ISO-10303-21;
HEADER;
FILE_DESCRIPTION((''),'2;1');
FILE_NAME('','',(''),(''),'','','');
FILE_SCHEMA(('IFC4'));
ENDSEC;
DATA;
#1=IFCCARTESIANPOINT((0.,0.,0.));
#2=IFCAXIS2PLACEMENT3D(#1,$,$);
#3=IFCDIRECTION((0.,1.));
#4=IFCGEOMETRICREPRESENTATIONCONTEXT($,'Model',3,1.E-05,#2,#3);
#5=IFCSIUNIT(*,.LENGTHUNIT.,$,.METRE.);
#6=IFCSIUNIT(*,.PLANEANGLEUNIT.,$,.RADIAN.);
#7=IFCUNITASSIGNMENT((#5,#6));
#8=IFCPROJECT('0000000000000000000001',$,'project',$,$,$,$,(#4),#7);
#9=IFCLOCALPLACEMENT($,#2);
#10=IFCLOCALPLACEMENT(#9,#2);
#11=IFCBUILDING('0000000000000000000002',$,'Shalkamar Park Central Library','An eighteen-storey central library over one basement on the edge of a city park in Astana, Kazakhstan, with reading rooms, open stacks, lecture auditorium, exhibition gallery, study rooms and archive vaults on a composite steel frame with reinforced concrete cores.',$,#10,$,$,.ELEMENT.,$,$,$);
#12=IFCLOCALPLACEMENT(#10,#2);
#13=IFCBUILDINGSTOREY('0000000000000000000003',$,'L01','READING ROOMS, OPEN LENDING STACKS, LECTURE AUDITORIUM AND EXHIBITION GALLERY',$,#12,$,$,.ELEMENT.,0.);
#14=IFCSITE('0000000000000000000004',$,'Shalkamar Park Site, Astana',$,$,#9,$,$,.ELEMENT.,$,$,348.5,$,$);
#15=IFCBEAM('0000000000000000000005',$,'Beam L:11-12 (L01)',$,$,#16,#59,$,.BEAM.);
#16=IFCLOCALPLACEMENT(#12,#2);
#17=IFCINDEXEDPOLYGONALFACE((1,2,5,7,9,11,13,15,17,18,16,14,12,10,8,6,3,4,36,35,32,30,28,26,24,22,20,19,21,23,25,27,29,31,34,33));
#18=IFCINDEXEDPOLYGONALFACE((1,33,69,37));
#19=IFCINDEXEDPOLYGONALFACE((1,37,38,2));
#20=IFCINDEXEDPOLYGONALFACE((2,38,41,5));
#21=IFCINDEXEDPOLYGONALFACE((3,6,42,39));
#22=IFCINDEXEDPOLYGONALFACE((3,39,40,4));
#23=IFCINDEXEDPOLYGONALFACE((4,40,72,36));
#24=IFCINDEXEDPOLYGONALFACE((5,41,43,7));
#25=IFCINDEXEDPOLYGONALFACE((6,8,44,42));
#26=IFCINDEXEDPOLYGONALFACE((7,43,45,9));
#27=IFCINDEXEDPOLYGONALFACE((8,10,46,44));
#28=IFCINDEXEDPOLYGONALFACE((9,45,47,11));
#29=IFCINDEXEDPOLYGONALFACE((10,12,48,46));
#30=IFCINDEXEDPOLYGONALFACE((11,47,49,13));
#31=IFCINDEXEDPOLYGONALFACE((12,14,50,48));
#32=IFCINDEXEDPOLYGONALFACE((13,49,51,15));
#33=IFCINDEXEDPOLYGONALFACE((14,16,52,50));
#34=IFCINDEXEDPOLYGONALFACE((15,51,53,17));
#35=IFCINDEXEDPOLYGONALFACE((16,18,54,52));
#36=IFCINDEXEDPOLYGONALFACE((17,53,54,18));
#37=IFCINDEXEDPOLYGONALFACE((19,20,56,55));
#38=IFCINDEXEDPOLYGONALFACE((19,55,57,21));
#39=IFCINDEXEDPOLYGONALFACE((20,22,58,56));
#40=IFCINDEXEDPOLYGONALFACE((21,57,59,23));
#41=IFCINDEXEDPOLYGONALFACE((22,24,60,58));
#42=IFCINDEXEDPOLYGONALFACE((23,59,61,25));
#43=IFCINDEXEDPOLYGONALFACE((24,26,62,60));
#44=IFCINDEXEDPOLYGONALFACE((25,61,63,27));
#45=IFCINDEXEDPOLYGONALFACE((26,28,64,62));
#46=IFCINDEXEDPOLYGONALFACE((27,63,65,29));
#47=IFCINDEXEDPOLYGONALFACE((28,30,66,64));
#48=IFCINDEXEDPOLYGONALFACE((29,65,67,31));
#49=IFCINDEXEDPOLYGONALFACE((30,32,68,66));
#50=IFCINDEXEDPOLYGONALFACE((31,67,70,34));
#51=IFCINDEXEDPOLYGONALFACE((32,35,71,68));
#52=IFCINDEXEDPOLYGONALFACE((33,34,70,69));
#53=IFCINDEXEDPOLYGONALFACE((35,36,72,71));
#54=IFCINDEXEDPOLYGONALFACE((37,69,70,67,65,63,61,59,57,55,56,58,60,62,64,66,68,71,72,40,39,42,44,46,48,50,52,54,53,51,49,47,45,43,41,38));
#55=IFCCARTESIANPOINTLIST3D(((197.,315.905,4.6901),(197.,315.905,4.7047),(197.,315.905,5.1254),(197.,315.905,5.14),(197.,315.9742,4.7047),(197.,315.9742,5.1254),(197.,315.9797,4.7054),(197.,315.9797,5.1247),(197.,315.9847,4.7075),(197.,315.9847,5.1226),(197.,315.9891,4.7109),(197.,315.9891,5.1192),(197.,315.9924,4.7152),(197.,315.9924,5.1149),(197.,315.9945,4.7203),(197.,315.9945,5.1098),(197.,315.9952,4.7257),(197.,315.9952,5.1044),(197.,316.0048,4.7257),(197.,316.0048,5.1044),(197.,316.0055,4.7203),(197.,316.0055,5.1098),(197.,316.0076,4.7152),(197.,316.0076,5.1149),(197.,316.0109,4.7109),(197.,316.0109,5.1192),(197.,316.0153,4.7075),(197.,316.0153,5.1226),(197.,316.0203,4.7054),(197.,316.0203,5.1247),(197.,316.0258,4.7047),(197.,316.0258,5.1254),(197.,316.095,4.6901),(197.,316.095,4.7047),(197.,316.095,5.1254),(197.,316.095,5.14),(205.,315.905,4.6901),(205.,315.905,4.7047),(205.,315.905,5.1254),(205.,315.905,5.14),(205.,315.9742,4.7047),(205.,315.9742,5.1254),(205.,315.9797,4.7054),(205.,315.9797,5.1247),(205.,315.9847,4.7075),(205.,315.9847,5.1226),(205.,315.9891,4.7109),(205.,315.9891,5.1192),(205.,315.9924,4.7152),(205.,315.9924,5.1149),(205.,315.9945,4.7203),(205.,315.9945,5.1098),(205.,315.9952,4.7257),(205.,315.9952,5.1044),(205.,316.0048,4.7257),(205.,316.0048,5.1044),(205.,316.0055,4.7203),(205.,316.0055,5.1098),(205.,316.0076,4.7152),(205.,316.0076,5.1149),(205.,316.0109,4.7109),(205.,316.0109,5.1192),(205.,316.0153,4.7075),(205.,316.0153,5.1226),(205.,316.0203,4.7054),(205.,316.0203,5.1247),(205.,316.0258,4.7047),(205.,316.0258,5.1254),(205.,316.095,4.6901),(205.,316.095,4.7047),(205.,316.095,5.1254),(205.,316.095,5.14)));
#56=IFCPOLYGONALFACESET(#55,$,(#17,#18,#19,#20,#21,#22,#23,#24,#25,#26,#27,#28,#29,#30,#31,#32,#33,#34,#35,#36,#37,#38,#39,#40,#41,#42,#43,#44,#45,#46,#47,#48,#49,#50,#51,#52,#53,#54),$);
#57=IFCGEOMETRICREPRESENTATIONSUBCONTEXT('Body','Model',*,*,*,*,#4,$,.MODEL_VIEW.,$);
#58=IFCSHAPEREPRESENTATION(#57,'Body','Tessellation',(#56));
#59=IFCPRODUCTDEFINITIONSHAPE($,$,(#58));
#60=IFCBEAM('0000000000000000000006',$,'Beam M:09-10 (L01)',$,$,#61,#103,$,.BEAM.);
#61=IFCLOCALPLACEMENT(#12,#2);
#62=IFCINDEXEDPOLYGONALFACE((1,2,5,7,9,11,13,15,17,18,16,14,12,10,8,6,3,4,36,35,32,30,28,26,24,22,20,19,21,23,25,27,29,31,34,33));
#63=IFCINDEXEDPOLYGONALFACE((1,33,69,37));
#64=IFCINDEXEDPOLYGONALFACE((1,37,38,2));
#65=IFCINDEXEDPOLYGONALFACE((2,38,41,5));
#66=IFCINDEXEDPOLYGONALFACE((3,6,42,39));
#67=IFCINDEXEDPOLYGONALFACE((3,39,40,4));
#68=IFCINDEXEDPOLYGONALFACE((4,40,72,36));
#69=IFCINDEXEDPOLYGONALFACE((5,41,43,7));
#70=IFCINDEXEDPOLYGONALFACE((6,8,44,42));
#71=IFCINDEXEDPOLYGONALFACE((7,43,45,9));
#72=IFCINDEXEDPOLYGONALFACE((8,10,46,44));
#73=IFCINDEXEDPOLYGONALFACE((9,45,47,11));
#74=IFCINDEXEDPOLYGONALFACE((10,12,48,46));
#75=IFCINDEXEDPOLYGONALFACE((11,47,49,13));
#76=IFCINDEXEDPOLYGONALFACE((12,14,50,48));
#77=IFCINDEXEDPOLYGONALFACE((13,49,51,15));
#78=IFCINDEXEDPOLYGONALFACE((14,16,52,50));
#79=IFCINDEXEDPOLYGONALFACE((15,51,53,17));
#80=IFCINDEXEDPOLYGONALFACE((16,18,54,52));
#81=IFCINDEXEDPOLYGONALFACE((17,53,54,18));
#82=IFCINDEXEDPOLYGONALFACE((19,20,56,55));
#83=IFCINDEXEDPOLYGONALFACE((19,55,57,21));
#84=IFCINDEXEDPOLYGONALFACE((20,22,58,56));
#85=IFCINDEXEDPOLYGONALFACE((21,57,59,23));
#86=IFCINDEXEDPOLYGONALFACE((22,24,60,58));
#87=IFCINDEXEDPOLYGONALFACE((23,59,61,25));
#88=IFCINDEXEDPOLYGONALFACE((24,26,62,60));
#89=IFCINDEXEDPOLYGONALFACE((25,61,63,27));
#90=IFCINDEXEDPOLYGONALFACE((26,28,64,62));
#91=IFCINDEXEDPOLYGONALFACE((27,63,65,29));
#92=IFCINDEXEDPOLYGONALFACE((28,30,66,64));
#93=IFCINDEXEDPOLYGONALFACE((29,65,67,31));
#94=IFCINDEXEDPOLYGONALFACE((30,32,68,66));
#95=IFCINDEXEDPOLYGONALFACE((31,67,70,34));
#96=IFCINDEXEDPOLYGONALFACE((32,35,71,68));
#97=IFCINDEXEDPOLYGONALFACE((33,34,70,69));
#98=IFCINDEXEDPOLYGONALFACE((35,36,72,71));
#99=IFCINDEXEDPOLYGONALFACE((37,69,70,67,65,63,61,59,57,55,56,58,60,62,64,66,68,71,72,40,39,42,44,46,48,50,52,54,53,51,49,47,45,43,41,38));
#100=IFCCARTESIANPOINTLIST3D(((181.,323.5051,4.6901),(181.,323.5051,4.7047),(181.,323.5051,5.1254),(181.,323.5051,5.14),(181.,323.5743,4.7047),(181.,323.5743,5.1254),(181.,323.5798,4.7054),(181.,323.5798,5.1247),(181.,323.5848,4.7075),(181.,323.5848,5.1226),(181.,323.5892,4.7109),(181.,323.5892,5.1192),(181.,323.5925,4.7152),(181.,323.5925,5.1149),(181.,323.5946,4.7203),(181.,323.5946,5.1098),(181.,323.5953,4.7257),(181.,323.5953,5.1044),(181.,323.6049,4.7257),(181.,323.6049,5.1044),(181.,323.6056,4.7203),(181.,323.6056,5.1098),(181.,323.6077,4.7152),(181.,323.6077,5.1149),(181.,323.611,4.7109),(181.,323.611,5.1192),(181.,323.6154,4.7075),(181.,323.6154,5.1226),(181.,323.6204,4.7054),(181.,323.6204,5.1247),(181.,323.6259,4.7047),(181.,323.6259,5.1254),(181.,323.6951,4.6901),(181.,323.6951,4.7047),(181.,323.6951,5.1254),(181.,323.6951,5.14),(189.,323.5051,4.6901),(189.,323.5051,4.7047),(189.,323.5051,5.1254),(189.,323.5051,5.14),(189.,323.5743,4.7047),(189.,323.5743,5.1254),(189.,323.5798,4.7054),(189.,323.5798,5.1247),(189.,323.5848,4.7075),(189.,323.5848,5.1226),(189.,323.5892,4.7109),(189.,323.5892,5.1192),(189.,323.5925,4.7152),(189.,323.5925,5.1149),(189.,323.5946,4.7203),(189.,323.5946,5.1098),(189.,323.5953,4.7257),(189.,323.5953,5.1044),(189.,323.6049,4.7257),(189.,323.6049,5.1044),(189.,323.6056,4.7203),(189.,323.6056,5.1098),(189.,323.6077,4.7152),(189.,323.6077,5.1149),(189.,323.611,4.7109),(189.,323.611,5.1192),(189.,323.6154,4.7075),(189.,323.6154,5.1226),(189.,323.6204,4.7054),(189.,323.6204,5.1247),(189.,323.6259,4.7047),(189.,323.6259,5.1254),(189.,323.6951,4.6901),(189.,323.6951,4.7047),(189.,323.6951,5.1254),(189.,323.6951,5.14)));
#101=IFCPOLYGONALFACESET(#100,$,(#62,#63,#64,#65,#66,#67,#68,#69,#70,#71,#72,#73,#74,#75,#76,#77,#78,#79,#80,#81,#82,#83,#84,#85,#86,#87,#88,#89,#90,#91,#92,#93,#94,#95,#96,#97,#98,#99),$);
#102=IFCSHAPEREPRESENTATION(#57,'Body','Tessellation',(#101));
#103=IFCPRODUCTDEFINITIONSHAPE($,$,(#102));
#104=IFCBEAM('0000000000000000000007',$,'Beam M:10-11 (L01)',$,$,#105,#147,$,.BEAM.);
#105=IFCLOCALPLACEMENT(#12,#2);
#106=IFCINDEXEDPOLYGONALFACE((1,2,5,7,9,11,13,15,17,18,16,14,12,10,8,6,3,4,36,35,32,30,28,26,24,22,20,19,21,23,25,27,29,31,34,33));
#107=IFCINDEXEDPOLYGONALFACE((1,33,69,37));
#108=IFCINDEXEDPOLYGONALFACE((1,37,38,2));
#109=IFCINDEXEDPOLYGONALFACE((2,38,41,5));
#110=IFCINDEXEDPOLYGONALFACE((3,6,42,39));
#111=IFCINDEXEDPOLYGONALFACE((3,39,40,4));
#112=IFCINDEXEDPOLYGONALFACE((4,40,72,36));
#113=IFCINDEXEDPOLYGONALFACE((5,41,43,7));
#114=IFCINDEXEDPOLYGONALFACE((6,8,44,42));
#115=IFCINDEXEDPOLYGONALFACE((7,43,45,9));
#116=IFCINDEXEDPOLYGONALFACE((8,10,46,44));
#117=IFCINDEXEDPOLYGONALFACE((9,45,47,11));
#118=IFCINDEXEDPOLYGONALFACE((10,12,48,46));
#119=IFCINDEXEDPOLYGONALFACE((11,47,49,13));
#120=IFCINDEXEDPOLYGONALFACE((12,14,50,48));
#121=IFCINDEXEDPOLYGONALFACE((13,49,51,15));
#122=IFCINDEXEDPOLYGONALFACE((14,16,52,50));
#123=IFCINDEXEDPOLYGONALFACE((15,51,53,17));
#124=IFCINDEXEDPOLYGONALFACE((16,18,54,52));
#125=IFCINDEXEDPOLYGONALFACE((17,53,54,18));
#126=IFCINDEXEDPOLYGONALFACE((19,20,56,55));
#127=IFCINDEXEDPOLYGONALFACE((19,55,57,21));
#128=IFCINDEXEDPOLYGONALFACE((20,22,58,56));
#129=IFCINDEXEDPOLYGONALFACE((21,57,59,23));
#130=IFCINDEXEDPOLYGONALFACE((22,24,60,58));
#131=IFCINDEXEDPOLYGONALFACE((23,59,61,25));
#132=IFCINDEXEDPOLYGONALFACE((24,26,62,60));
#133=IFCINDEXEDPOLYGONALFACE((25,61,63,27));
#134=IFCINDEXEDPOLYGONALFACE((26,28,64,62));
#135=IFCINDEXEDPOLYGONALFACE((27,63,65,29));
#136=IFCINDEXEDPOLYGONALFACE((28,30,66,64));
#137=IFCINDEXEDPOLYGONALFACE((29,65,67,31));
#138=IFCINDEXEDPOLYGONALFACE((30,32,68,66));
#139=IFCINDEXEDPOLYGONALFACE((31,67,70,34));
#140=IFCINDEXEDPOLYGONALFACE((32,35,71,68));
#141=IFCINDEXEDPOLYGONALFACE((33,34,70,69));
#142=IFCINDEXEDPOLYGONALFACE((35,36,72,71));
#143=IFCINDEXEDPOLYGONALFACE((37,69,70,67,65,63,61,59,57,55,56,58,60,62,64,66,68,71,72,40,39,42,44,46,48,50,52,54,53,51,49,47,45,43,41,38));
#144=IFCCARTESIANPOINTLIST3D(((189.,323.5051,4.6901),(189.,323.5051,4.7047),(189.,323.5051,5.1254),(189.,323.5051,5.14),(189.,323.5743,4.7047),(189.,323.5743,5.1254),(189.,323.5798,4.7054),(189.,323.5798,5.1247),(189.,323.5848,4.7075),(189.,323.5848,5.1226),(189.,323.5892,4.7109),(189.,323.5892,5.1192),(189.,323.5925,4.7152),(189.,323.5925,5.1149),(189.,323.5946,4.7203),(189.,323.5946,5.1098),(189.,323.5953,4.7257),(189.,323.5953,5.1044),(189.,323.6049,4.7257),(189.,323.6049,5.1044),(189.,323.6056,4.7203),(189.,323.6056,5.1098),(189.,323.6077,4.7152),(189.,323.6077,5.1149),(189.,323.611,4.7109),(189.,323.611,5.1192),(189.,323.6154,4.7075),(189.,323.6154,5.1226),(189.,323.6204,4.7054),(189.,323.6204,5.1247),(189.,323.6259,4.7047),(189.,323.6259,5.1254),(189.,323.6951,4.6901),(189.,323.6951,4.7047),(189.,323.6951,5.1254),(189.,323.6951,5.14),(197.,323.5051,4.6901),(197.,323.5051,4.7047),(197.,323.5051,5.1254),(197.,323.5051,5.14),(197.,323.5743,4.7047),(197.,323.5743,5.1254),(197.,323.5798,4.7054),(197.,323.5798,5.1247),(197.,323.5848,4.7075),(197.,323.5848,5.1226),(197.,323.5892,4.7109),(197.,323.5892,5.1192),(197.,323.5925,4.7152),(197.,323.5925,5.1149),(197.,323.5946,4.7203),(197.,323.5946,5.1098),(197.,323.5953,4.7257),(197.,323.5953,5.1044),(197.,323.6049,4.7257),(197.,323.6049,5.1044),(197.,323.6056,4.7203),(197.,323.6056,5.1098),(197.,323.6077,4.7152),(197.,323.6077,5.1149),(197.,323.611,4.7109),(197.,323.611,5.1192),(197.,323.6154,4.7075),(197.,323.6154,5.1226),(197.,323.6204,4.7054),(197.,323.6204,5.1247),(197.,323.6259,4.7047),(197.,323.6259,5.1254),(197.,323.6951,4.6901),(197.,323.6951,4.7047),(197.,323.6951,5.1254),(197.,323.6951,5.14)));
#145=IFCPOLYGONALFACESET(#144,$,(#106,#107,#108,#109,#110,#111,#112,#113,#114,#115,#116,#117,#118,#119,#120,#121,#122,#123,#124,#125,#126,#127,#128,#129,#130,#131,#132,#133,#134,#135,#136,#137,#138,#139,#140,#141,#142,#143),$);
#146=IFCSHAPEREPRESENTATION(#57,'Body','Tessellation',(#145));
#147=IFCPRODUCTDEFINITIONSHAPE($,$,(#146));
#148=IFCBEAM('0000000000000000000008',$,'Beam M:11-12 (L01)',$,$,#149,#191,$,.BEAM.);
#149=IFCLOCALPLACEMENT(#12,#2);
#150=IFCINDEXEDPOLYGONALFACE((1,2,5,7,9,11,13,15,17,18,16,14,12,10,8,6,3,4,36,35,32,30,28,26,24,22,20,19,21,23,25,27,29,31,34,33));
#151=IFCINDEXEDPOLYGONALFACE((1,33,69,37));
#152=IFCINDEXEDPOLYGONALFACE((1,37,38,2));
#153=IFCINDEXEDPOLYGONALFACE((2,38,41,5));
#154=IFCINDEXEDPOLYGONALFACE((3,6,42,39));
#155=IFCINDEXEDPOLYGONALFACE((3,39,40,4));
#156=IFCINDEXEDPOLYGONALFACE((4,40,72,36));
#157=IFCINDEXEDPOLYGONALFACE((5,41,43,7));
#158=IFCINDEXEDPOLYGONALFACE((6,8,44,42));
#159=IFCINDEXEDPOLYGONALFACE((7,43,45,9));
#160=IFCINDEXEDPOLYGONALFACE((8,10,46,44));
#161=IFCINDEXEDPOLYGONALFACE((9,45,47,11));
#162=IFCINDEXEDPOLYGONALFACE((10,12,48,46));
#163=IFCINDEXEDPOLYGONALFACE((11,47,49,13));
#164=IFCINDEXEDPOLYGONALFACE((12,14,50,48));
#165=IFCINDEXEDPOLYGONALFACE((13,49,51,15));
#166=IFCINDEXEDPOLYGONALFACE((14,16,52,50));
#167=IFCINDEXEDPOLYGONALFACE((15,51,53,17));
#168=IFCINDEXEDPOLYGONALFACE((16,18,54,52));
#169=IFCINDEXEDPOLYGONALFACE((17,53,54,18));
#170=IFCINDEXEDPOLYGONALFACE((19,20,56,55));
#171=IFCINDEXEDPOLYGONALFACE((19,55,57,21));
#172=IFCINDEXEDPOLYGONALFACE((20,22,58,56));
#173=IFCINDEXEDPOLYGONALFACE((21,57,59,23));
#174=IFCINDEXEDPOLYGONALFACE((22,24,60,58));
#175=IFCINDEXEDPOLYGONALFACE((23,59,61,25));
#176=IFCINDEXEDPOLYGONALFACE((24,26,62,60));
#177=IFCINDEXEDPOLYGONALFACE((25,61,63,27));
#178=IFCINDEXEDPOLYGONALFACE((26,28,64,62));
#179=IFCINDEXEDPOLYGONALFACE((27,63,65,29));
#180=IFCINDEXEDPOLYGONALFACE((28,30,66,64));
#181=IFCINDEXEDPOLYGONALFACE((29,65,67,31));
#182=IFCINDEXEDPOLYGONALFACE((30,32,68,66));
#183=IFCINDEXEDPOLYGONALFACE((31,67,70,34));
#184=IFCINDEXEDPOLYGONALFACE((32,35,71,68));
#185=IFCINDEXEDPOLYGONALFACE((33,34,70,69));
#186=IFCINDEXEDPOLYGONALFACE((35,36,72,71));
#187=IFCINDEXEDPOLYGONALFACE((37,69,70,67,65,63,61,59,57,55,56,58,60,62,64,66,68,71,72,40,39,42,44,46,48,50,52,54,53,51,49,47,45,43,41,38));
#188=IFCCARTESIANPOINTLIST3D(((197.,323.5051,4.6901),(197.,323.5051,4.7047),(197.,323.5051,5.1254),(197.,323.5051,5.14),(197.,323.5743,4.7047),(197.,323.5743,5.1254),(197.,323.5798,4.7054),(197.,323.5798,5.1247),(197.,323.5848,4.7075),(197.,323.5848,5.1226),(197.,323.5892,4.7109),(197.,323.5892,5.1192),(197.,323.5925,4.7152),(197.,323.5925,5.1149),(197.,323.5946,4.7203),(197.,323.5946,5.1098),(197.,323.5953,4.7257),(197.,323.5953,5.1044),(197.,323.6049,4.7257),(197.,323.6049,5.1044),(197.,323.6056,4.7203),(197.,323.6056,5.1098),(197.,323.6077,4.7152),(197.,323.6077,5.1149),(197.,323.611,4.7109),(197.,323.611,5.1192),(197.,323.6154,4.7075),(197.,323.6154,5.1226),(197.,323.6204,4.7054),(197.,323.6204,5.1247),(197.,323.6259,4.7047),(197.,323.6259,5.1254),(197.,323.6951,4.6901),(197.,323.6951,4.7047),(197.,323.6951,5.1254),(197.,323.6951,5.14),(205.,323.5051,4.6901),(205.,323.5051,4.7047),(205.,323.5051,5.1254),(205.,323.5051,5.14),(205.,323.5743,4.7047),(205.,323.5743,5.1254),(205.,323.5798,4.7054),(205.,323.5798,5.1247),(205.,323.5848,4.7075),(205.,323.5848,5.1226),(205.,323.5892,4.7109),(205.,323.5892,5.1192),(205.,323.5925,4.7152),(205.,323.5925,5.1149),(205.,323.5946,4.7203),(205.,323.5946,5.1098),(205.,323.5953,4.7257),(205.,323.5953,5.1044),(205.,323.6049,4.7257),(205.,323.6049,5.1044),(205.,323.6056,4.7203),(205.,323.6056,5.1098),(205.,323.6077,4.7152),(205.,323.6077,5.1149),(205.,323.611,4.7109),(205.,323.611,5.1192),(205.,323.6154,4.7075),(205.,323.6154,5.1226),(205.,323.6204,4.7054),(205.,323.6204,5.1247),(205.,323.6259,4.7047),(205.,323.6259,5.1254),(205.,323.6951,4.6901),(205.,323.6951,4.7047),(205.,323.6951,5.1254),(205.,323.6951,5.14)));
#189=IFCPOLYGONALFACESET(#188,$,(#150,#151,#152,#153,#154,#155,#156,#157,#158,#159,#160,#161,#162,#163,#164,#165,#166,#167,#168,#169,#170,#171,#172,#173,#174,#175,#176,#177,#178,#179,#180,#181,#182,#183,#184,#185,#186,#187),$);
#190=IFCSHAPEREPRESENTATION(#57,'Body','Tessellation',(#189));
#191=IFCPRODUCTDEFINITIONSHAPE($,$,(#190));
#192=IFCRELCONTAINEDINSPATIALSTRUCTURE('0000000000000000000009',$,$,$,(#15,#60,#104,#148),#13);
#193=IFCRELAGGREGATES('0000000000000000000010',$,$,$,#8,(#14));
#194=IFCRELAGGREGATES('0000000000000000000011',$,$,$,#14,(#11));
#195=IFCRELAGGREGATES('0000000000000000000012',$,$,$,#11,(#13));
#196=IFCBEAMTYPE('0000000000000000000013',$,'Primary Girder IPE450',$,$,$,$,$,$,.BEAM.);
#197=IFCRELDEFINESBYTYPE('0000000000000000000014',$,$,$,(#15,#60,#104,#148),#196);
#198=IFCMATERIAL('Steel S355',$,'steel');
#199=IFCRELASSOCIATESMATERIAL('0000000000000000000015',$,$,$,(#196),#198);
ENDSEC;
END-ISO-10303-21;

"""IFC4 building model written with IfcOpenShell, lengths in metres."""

from ifc_helpers import new_model, si_unit, direction, frame, origin, origin_2d, place, context, subcontext, project, spatial, i_section, extrude, material, material_profile, profile_set, type_object, element, save


model = new_model("IFC4")

# Units and contexts
model_context = context("Model", 3, precision=1e-05, world=origin(), true_north=direction((0.0, 1.0)))
body_context = subcontext(model_context, "Body", "Model", "MODEL_VIEW")
ifc_project = project(units=[si_unit("LENGTHUNIT", "METRE"), si_unit("PLANEANGLEUNIT", "RADIAN")], contexts=[model_context])

# Site, building, storey
site_placement = place(None, origin())
site = spatial("IfcSite", under=ifc_project, at=site_placement, Name="Shalkamar Park Site, Astana", CompositionType="ELEMENT", RefElevation=348.5)
building_placement = place(site_placement, origin())
building = spatial("IfcBuilding", under=site, at=building_placement, Name="Shalkamar Park Central Library", Description="An eighteen-storey central library over one basement on the edge of a city park in Astana, Kazakhstan, with reading rooms, open stacks, lecture auditorium, exhibition gallery, study rooms and archive vaults on a composite steel frame with reinforced concrete cores.", CompositionType="ELEMENT")
storey_placement = place(building_placement, origin())
storey = spatial("IfcBuildingStorey", under=building, at=storey_placement, Name="L01", Description="READING ROOMS, OPEN LENDING STACKS, LECTURE AUDITORIUM AND EXHIBITION GALLERY", CompositionType="ELEMENT", Elevation=0.0)

# Shared definitions
ifc_material_1 = material(Name="Steel S355", Category="steel")

# Beams
ifc_material_profile_1 = material_profile(ifc_material_1, i_section(OverallWidth=0.1899, OverallDepth=0.45, WebThickness=0.0095, FlangeThickness=0.0146, FilletRadius=0.021, at=origin_2d()), Name="IPE 450")
ifc_profile_set_1 = profile_set([ifc_material_profile_1], Name="Steel S355")
beam_type_1 = type_object("IfcBeamType", Name="Primary Girder IPE450", PredefinedType="BEAM", material=ifc_profile_set_1)
for number, where, z_axis, x_axis, name in (
    (1, (197.0, 316.0, 4.915), (1.0, 0.0, 0.0), (0.0, 1.0, 0.0), "Beam L:11-12 (L01)"),
    (2, (181.0, 323.6001, 4.915), (1.0, 0.0, 0.0), (0.0, 1.0, 0.0), "Beam M:09-10 (L01)"),
    (3, (189.0, 323.6001, 4.915), (1.0, 0.0, 0.0), (0.0, 1.0, 0.0), "Beam M:10-11 (L01)"),
    (4, (197.0, 323.6001, 4.915), (1.0, 0.0, 0.0), (0.0, 1.0, 0.0), "Beam M:11-12 (L01)"),
):
    element("IfcBeam", number, at=place(storey_placement, frame(where, z_axis=z_axis, x_axis=x_axis)), inside=storey, type_object=beam_type_1, Name=name, PredefinedType="BEAM", context=body_context, shape_type="SweptSolid", body=[
        extrude(i_section(OverallWidth=0.1899, OverallDepth=0.45, WebThickness=0.0095, FlangeThickness=0.0146, FilletRadius=0.021, at=origin_2d()), origin(), (0.0, 0.0, 1.0), 8.0),
    ])

save(model, "model.ifc")
